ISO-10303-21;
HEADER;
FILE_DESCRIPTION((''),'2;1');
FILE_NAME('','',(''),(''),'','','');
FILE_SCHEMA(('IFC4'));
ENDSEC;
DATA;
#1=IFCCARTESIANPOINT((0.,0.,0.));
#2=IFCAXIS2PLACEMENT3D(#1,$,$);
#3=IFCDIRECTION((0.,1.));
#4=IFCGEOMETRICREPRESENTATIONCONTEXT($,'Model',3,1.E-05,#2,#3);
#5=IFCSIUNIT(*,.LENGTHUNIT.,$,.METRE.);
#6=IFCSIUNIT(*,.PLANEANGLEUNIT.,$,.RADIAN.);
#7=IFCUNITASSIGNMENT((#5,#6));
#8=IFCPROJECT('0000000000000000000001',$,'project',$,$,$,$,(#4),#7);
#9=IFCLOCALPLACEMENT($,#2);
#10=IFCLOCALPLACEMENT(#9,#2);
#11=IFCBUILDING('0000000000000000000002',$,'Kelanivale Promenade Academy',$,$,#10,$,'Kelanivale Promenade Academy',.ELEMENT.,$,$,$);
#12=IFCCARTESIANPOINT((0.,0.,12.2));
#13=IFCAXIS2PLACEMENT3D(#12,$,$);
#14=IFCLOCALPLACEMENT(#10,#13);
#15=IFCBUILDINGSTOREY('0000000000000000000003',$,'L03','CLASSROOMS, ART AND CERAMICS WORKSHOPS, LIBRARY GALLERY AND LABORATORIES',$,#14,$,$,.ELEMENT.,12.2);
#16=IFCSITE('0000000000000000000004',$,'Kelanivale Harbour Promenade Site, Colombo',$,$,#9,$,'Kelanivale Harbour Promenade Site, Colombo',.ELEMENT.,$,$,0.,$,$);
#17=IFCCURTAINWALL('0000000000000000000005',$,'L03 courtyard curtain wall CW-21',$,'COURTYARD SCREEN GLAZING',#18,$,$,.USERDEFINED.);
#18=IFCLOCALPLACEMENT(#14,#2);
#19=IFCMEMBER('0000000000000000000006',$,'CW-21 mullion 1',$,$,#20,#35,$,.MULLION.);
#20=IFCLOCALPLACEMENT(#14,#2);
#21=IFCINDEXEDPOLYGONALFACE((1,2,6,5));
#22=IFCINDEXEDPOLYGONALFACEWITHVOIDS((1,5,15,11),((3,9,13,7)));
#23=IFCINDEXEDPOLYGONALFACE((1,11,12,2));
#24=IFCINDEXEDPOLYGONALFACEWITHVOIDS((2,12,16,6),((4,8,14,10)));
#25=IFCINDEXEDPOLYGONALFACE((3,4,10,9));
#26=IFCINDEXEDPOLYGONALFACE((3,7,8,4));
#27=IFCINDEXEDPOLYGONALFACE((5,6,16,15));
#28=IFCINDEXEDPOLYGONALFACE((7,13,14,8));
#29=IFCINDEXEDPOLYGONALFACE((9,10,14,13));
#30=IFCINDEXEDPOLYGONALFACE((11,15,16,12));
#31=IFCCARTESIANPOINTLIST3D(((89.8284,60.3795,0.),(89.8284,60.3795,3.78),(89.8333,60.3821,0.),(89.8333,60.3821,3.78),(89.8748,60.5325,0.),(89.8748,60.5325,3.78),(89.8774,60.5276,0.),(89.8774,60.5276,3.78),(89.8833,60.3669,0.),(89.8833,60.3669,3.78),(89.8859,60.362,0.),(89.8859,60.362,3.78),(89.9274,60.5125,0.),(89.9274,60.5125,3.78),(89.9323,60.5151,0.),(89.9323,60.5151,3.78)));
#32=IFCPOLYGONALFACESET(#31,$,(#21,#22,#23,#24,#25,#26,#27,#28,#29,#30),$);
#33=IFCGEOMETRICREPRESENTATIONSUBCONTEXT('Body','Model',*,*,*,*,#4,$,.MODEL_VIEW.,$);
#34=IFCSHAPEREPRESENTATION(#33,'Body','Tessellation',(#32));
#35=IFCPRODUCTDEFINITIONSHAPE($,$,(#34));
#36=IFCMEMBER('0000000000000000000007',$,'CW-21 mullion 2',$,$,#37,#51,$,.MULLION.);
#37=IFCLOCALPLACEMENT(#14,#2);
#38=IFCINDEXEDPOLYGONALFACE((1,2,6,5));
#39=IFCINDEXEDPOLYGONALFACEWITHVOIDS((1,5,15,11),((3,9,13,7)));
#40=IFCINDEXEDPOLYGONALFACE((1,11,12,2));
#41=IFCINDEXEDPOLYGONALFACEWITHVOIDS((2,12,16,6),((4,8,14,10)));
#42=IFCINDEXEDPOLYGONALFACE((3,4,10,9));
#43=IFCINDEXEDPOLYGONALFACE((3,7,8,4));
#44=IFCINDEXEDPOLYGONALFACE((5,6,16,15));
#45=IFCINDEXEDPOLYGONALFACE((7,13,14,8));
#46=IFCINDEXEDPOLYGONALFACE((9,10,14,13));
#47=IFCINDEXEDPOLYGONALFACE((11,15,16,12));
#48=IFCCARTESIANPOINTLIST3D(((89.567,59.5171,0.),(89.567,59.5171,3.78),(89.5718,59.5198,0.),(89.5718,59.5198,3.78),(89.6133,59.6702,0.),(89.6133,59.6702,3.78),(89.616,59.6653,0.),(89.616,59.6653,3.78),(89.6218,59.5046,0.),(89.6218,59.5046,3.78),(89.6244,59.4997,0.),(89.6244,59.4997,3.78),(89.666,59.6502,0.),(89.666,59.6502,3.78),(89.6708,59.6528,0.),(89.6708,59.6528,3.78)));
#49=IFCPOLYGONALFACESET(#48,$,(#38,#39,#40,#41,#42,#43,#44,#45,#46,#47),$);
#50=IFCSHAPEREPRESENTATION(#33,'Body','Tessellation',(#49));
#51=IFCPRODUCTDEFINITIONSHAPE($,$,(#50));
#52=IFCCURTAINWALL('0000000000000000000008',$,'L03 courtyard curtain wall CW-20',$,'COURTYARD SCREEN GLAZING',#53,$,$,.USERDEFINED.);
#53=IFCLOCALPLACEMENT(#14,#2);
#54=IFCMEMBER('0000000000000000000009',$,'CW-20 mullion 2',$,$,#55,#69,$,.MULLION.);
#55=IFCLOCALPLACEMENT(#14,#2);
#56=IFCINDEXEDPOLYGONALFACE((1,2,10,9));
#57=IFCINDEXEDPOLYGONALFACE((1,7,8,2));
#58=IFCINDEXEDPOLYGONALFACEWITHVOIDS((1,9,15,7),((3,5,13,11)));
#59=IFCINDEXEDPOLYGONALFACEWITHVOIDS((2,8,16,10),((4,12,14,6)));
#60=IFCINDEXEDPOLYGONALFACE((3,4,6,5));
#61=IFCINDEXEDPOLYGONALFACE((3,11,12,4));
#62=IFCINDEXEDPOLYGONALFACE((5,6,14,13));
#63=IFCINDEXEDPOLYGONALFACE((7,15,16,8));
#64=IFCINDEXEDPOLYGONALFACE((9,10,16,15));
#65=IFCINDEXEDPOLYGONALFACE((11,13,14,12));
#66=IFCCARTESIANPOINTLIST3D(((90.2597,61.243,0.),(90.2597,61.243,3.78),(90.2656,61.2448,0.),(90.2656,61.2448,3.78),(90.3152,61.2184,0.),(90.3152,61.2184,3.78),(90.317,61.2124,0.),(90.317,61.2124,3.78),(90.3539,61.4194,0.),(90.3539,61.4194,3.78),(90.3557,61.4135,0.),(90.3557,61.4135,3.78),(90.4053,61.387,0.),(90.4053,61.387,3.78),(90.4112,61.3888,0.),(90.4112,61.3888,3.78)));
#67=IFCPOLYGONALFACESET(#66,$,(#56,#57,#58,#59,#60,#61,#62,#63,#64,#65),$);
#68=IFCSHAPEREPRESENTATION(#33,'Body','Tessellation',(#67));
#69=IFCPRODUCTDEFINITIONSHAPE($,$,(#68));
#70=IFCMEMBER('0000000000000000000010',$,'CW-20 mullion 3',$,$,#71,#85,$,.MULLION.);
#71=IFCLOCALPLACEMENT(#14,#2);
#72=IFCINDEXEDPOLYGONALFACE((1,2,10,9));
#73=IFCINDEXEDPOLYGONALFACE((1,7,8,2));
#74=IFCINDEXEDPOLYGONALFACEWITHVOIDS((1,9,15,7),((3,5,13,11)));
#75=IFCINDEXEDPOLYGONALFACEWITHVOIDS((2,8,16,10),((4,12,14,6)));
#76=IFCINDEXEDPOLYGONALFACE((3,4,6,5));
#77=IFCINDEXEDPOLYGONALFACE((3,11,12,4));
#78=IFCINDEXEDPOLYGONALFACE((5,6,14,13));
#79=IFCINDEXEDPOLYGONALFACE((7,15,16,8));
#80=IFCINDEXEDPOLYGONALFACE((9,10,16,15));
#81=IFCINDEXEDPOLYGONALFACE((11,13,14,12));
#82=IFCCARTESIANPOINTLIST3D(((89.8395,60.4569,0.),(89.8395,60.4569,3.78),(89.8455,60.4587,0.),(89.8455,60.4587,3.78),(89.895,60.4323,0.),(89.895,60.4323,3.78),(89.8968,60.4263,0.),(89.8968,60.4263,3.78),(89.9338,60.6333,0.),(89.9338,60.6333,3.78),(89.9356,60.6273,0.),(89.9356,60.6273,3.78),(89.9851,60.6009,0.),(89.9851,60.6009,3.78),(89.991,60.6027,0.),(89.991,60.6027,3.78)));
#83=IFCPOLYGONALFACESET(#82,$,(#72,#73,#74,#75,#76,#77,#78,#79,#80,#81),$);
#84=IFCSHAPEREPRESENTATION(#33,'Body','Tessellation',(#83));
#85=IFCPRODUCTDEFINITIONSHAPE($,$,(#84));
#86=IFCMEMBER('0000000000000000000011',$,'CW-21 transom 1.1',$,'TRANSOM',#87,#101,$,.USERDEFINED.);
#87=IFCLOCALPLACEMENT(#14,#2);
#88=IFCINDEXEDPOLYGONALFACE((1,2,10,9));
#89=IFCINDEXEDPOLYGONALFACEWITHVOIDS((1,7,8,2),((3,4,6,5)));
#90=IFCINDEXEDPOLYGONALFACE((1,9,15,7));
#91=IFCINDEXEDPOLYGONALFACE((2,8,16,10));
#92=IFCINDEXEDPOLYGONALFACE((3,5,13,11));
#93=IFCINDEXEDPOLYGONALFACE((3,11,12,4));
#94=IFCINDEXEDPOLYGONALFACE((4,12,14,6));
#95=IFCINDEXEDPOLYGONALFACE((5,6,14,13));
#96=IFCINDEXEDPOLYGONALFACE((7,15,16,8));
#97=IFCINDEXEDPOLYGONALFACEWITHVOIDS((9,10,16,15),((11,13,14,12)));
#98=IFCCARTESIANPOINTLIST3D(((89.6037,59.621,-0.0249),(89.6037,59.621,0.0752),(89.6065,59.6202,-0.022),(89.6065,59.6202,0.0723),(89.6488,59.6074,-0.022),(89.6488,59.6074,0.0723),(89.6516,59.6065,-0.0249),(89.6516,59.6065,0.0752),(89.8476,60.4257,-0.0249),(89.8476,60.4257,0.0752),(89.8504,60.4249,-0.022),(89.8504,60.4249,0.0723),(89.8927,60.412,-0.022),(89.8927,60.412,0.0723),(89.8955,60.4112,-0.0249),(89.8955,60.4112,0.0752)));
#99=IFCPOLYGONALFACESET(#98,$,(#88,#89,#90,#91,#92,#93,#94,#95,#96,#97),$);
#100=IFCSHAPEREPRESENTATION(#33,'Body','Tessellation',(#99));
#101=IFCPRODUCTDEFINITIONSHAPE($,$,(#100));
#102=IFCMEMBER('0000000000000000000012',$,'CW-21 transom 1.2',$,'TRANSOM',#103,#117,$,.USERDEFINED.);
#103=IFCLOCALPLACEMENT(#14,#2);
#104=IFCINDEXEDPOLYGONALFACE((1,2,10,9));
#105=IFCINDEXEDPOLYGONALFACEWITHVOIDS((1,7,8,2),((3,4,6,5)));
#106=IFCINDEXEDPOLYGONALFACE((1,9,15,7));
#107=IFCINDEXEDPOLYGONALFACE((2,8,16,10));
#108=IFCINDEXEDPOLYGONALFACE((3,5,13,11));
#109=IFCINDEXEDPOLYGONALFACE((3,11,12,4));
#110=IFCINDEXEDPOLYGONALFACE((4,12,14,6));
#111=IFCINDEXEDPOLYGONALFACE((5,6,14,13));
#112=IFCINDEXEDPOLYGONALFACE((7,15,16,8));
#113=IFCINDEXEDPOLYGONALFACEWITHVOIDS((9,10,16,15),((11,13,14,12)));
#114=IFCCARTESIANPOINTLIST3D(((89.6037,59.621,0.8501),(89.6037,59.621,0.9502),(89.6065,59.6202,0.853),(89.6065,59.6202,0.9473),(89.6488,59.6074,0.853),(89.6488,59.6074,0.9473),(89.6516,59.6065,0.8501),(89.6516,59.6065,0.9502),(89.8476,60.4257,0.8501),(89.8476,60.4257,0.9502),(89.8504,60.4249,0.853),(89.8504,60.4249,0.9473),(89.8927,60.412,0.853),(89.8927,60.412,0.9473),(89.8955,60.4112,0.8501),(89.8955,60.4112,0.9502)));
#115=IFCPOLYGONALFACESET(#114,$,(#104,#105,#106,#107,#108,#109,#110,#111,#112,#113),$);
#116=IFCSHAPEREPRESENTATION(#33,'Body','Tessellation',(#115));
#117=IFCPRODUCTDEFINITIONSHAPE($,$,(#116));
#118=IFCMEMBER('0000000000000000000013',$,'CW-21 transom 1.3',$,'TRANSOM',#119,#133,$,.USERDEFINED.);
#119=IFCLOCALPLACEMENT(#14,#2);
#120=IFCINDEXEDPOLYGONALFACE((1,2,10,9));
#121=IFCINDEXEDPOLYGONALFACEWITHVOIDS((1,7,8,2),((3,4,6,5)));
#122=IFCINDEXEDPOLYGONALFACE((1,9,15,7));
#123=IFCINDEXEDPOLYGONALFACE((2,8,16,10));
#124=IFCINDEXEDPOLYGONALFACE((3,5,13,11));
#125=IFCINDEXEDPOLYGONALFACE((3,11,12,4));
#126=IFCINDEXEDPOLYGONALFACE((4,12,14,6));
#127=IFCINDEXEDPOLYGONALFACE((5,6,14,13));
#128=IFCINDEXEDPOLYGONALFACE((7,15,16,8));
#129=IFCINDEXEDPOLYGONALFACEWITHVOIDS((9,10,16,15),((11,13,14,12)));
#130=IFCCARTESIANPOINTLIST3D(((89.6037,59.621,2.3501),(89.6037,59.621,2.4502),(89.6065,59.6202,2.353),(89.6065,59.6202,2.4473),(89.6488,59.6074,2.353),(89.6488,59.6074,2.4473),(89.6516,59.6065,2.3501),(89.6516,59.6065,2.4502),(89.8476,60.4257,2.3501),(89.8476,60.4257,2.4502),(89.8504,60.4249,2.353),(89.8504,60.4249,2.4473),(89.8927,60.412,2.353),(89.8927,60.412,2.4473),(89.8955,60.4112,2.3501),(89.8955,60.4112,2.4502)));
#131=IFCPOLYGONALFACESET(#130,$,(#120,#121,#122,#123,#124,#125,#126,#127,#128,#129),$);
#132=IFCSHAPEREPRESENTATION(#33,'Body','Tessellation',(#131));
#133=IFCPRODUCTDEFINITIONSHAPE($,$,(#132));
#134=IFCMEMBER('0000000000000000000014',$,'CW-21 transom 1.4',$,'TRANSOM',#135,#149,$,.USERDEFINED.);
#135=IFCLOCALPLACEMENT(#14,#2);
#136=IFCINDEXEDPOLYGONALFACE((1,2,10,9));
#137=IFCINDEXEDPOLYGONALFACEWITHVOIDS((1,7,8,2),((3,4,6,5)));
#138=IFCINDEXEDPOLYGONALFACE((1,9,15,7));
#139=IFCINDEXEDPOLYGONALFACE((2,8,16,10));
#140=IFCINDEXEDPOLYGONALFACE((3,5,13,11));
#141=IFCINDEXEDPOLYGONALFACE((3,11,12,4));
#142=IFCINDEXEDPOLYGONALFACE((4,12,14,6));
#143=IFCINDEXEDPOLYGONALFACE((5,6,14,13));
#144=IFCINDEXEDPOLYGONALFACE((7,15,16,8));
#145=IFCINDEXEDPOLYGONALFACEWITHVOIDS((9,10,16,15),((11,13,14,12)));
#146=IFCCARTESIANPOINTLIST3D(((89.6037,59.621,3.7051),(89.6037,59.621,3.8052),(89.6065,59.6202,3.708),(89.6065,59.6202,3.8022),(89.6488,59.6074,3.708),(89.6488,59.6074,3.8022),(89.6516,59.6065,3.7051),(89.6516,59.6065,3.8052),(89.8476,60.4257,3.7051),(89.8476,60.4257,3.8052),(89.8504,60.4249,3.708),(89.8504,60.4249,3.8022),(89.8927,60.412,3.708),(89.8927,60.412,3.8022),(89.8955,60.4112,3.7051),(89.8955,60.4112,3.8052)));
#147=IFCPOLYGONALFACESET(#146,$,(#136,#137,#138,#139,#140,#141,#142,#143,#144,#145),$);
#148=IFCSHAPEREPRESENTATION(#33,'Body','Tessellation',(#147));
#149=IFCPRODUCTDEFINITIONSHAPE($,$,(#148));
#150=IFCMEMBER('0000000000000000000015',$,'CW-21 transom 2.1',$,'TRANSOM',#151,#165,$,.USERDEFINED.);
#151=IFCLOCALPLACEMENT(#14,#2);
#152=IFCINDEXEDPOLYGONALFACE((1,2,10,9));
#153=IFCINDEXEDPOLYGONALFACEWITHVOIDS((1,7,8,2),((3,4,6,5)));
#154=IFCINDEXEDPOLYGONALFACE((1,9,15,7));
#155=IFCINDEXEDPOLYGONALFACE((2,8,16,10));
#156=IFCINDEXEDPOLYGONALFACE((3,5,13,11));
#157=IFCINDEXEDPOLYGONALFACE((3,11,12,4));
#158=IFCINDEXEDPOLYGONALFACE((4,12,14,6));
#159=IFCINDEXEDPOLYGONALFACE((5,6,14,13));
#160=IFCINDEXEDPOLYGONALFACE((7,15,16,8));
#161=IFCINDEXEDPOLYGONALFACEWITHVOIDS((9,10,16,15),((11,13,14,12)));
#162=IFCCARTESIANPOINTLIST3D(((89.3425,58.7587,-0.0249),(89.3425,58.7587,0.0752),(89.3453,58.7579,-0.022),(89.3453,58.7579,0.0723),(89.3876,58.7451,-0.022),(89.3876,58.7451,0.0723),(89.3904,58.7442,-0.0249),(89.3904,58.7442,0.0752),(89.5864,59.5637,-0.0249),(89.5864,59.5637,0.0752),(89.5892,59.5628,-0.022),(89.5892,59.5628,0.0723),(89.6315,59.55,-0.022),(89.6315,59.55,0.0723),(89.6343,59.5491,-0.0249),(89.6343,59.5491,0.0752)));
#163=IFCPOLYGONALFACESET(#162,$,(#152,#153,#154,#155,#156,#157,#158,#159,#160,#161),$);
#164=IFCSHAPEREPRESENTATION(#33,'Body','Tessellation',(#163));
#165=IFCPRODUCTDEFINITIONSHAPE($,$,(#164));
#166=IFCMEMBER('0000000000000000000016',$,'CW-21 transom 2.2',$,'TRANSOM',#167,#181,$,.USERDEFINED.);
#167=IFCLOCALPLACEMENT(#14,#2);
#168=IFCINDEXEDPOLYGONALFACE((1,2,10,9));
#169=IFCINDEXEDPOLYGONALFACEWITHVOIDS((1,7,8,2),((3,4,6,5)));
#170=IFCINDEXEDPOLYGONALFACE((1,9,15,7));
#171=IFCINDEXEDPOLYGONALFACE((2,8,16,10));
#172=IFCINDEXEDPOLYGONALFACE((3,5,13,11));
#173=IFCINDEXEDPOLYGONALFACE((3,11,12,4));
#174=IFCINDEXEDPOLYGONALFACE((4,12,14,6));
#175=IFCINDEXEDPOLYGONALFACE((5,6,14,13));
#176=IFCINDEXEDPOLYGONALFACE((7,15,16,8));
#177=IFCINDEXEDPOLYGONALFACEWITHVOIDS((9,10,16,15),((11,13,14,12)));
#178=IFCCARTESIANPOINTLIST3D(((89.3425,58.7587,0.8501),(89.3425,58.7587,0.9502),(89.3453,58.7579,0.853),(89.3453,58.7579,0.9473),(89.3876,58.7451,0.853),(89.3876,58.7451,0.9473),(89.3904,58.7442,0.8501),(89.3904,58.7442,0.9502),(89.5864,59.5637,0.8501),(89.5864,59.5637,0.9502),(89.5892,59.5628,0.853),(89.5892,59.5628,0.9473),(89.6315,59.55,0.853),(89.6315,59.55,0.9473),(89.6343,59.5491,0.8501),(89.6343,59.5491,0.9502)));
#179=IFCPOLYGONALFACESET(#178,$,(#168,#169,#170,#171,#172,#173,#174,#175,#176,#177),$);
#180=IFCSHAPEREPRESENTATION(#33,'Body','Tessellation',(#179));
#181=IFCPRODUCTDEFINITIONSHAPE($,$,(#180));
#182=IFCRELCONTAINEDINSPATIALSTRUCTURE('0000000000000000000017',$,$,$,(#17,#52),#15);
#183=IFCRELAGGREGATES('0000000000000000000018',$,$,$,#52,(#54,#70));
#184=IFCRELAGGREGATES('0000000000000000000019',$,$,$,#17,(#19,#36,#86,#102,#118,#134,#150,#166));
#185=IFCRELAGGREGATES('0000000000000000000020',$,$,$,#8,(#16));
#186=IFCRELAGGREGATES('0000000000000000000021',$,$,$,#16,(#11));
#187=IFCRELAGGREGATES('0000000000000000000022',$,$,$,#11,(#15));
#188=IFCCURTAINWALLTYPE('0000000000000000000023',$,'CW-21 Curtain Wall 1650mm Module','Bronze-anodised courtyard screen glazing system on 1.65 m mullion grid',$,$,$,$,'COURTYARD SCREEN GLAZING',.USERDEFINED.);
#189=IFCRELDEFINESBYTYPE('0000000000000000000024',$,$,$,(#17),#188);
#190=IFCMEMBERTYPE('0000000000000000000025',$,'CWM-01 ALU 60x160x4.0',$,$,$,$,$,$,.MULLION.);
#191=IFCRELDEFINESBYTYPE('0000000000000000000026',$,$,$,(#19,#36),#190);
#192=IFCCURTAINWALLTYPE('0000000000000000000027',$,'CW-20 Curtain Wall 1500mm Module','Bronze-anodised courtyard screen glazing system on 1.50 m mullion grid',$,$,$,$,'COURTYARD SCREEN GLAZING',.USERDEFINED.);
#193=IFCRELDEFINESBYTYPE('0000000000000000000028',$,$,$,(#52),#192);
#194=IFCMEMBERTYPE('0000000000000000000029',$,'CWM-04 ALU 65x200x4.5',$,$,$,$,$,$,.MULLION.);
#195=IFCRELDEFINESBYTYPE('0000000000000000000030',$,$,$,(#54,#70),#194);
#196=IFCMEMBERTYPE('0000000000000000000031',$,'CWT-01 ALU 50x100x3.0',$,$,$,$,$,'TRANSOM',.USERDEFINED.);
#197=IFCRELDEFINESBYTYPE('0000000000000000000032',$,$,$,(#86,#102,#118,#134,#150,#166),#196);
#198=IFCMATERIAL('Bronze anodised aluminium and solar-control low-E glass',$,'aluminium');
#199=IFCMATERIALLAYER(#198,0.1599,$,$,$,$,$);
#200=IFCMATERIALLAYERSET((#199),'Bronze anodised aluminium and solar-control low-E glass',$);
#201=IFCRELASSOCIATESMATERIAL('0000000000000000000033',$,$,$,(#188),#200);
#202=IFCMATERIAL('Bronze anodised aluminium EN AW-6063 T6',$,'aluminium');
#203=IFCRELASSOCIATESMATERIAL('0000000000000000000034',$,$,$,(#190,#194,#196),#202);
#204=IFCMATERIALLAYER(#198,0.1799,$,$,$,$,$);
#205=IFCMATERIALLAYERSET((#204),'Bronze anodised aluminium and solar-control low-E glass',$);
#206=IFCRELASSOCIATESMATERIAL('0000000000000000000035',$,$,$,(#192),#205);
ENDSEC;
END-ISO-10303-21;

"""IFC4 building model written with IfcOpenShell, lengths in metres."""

from ifc_helpers import new_model, si_unit, direction, frame, origin, origin_2d, place, context, subcontext, project, spatial, hollow_rectangle, extrude, material, layer, layer_set, material_profile, profile_set, type_object, element, aggregate, save


model = new_model("IFC4")

# Units and contexts
model_context = context("Model", 3, precision=1e-05, world=origin(), true_north=direction((0.0, 1.0)))
body_context = subcontext(model_context, "Body", "Model", "MODEL_VIEW")
ifc_project = project(units=[si_unit("LENGTHUNIT", "METRE"), si_unit("PLANEANGLEUNIT", "RADIAN")], contexts=[model_context])

# Site, building, storey
site_placement = place(None, origin())
site = spatial("IfcSite", under=ifc_project, at=site_placement, Name="Kelanivale Harbour Promenade Site, Colombo", LongName="Kelanivale Harbour Promenade Site, Colombo", CompositionType="ELEMENT", RefElevation=0.0)
building_placement = place(site_placement, origin())
building = spatial("IfcBuilding", under=site, at=building_placement, Name="Kelanivale Promenade Academy", LongName="Kelanivale Promenade Academy", CompositionType="ELEMENT")
storey_placement = place(building_placement, frame((0.0, 0.0, 12.2)))
storey = spatial("IfcBuildingStorey", under=building, at=storey_placement, Name="L03", Description="CLASSROOMS, ART AND CERAMICS WORKSHOPS, LIBRARY GALLERY AND LABORATORIES", CompositionType="ELEMENT", Elevation=12.2)

# Curtain walls, members
ifc_material_1 = material(Name="Bronze anodised aluminium and solar-control low-E glass", Category="aluminium")
ifc_layer_1 = layer(ifc_material_1, 0.1599)
ifc_layer_set_1 = layer_set([ifc_layer_1], Name="Bronze anodised aluminium and solar-control low-E glass")
curtain_wall_type_1 = type_object("IfcCurtainWallType", Name="CW-21 Curtain Wall 1650mm Module", Description="Bronze-anodised courtyard screen glazing system on 1.65 m mullion grid", ElementType="COURTYARD SCREEN GLAZING", PredefinedType="USERDEFINED", material=ifc_layer_set_1)
curtain_wall_1_placement = place(storey_placement, origin())
curtain_wall_1 = element("IfcCurtainWall", 1, at=curtain_wall_1_placement, inside=storey, type_object=curtain_wall_type_1, Name="L03 courtyard curtain wall CW-21", ObjectType="COURTYARD SCREEN GLAZING", PredefinedType="USERDEFINED")
ifc_material_2 = material(Name="Bronze anodised aluminium EN AW-6063 T6", Category="aluminium")
ifc_material_profile_1 = material_profile(ifc_material_2, hollow_rectangle(XDim=0.0601, YDim=0.1599, WallThickness=0.0039, at=origin_2d()), Name="ALU 60x160x4.0")
ifc_profile_set_1 = profile_set([ifc_material_profile_1], Name="Bronze anodised aluminium EN AW-6063 T6")
member_type_1 = type_object("IfcMemberType", Name="CWM-01 ALU 60x160x4.0", PredefinedType="MULLION", material=ifc_profile_set_1)
member_1_placement = place(storey_placement, frame((89.8804, 60.4473, 0.0), z_axis=(0.0, 0.0, 1.0), x_axis=(0.957024, -0.290007, 0.0)))
member_1 = element("IfcMember", 2, at=member_1_placement, type_object=member_type_1, Name="CW-21 mullion 1", PredefinedType="MULLION", context=body_context, shape_type="SweptSolid", body=[
    extrude(hollow_rectangle(XDim=0.0601, YDim=0.1599, WallThickness=0.0039, at=origin_2d()), origin(), (0.0, 0.0, 1.0), 3.78),
])
member_2_placement = place(storey_placement, frame((89.6189, 59.585, 0.0), z_axis=(0.0, 0.0, 1.0), x_axis=(0.957024, -0.290007, 0.0)))
member_2 = element("IfcMember", 3, at=member_2_placement, type_object=member_type_1, Name="CW-21 mullion 2", PredefinedType="MULLION", context=body_context, shape_type="SweptSolid", body=[
    extrude(hollow_rectangle(XDim=0.0601, YDim=0.1599, WallThickness=0.0039, at=origin_2d()), origin(), (0.0, 0.0, 1.0), 3.78),
])
ifc_layer_2 = layer(ifc_material_1, 0.1799)
ifc_layer_set_2 = layer_set([ifc_layer_2], Name="Bronze anodised aluminium and solar-control low-E glass")
curtain_wall_type_2 = type_object("IfcCurtainWallType", Name="CW-20 Curtain Wall 1500mm Module", Description="Bronze-anodised courtyard screen glazing system on 1.50 m mullion grid", ElementType="COURTYARD SCREEN GLAZING", PredefinedType="USERDEFINED", material=ifc_layer_set_2)
curtain_wall_2_placement = place(storey_placement, origin())
curtain_wall_2 = element("IfcCurtainWall", 4, at=curtain_wall_2_placement, inside=storey, type_object=curtain_wall_type_2, Name="L03 courtyard curtain wall CW-20", ObjectType="COURTYARD SCREEN GLAZING", PredefinedType="USERDEFINED")
ifc_material_profile_2 = material_profile(ifc_material_2, hollow_rectangle(XDim=0.0649, YDim=0.2, WallThickness=0.0044, at=origin_2d()), Name="ALU 65x200x4.5")
ifc_profile_set_2 = profile_set([ifc_material_profile_2], Name="Bronze anodised aluminium EN AW-6063 T6")
member_type_2 = type_object("IfcMemberType", Name="CWM-04 ALU 65x200x4.5", PredefinedType="MULLION", material=ifc_profile_set_2)
member_3_placement = place(storey_placement, frame((90.3354, 61.3159, 0.0), z_axis=(0.0, 0.0, 1.0), x_axis=(0.881978, -0.47129, 0.0)))
member_3 = element("IfcMember", 5, at=member_3_placement, type_object=member_type_2, Name="CW-20 mullion 2", PredefinedType="MULLION", context=body_context, shape_type="SweptSolid", body=[
    extrude(hollow_rectangle(XDim=0.0649, YDim=0.2, WallThickness=0.0044, at=origin_2d()), origin(), (0.0, 0.0, 1.0), 3.78),
])
member_4_placement = place(storey_placement, frame((89.9153, 60.5298, 0.0), z_axis=(0.0, 0.0, 1.0), x_axis=(0.881978, -0.47129, 0.0)))
member_4 = element("IfcMember", 6, at=member_4_placement, type_object=member_type_2, Name="CW-20 mullion 3", PredefinedType="MULLION", context=body_context, shape_type="SweptSolid", body=[
    extrude(hollow_rectangle(XDim=0.0649, YDim=0.2, WallThickness=0.0044, at=origin_2d()), origin(), (0.0, 0.0, 1.0), 3.78),
])

# Members
ifc_material_profile_3 = material_profile(ifc_material_2, hollow_rectangle(XDim=0.05, YDim=0.1001, WallThickness=0.0029, at=origin_2d()), Name="ALU 50x100x3.0")
ifc_profile_set_3 = profile_set([ifc_material_profile_3], Name="Bronze anodised aluminium EN AW-6063 T6")
member_type_3 = type_object("IfcMemberType", Name="CWT-01 ALU 50x100x3.0", ElementType="TRANSOM", PredefinedType="USERDEFINED", material=ifc_profile_set_3)
member_5_placement = place(storey_placement, frame((89.8716, 60.4185, 0.0251), z_axis=(-0.290064, -0.957007, 0.0), x_axis=(0.957007, -0.290064, 0.0)))
member_5 = element("IfcMember", 7, at=member_5_placement, type_object=member_type_3, Name="CW-21 transom 1.1", ObjectType="TRANSOM", PredefinedType="USERDEFINED", context=body_context, shape_type="SweptSolid", body=[
    extrude(hollow_rectangle(XDim=0.05, YDim=0.1001, WallThickness=0.0029, at=origin_2d()), origin(), (0.0, 0.0, 1.0), 0.8408),
])
member_6_placement = place(storey_placement, frame((89.8716, 60.4185, 0.9001), z_axis=(-0.290064, -0.957007, 0.0), x_axis=(0.957007, -0.290064, 0.0)))
member_6 = element("IfcMember", 8, at=member_6_placement, type_object=member_type_3, Name="CW-21 transom 1.2", ObjectType="TRANSOM", PredefinedType="USERDEFINED", context=body_context, shape_type="SweptSolid", body=[
    extrude(hollow_rectangle(XDim=0.05, YDim=0.1001, WallThickness=0.0029, at=origin_2d()), origin(), (0.0, 0.0, 1.0), 0.8408),
])
member_7_placement = place(storey_placement, frame((89.8716, 60.4185, 2.4001), z_axis=(-0.290064, -0.957007, 0.0), x_axis=(0.957007, -0.290064, 0.0)))
member_7 = element("IfcMember", 9, at=member_7_placement, type_object=member_type_3, Name="CW-21 transom 1.3", ObjectType="TRANSOM", PredefinedType="USERDEFINED", context=body_context, shape_type="SweptSolid", body=[
    extrude(hollow_rectangle(XDim=0.05, YDim=0.1001, WallThickness=0.0029, at=origin_2d()), origin(), (0.0, 0.0, 1.0), 0.8408),
])
member_8_placement = place(storey_placement, frame((89.8716, 60.4185, 3.7551), z_axis=(-0.290064, -0.957007, 0.0), x_axis=(0.957007, -0.290064, 0.0)))
member_8 = element("IfcMember", 10, at=member_8_placement, type_object=member_type_3, Name="CW-21 transom 1.4", ObjectType="TRANSOM", PredefinedType="USERDEFINED", context=body_context, shape_type="SweptSolid", body=[
    extrude(hollow_rectangle(XDim=0.05, YDim=0.1001, WallThickness=0.0029, at=origin_2d()), origin(), (0.0, 0.0, 1.0), 0.8408),
])
member_9_placement = place(storey_placement, frame((89.6104, 59.5564, 0.0251), z_axis=(-0.289983, -0.957032, 0.0), x_axis=(0.957032, -0.289983, 0.0)))
member_9 = element("IfcMember", 11, at=member_9_placement, type_object=member_type_3, Name="CW-21 transom 2.1", ObjectType="TRANSOM", PredefinedType="USERDEFINED", context=body_context, shape_type="SweptSolid", body=[
    extrude(hollow_rectangle(XDim=0.05, YDim=0.1001, WallThickness=0.0029, at=origin_2d()), origin(), (0.0, 0.0, 1.0), 0.8411),
])
member_10_placement = place(storey_placement, frame((89.6104, 59.5564, 0.9001), z_axis=(-0.289983, -0.957032, 0.0), x_axis=(0.957032, -0.289983, 0.0)))
member_10 = element("IfcMember", 12, at=member_10_placement, type_object=member_type_3, Name="CW-21 transom 2.2", ObjectType="TRANSOM", PredefinedType="USERDEFINED", context=body_context, shape_type="SweptSolid", body=[
    extrude(hollow_rectangle(XDim=0.05, YDim=0.1001, WallThickness=0.0029, at=origin_2d()), origin(), (0.0, 0.0, 1.0), 0.8411),
])

aggregate(curtain_wall_2, [member_3, member_4])
aggregate(curtain_wall_1, [member_1, member_2, member_5, member_6, member_7, member_8, member_9, member_10])

save(model, "model.ifc")
